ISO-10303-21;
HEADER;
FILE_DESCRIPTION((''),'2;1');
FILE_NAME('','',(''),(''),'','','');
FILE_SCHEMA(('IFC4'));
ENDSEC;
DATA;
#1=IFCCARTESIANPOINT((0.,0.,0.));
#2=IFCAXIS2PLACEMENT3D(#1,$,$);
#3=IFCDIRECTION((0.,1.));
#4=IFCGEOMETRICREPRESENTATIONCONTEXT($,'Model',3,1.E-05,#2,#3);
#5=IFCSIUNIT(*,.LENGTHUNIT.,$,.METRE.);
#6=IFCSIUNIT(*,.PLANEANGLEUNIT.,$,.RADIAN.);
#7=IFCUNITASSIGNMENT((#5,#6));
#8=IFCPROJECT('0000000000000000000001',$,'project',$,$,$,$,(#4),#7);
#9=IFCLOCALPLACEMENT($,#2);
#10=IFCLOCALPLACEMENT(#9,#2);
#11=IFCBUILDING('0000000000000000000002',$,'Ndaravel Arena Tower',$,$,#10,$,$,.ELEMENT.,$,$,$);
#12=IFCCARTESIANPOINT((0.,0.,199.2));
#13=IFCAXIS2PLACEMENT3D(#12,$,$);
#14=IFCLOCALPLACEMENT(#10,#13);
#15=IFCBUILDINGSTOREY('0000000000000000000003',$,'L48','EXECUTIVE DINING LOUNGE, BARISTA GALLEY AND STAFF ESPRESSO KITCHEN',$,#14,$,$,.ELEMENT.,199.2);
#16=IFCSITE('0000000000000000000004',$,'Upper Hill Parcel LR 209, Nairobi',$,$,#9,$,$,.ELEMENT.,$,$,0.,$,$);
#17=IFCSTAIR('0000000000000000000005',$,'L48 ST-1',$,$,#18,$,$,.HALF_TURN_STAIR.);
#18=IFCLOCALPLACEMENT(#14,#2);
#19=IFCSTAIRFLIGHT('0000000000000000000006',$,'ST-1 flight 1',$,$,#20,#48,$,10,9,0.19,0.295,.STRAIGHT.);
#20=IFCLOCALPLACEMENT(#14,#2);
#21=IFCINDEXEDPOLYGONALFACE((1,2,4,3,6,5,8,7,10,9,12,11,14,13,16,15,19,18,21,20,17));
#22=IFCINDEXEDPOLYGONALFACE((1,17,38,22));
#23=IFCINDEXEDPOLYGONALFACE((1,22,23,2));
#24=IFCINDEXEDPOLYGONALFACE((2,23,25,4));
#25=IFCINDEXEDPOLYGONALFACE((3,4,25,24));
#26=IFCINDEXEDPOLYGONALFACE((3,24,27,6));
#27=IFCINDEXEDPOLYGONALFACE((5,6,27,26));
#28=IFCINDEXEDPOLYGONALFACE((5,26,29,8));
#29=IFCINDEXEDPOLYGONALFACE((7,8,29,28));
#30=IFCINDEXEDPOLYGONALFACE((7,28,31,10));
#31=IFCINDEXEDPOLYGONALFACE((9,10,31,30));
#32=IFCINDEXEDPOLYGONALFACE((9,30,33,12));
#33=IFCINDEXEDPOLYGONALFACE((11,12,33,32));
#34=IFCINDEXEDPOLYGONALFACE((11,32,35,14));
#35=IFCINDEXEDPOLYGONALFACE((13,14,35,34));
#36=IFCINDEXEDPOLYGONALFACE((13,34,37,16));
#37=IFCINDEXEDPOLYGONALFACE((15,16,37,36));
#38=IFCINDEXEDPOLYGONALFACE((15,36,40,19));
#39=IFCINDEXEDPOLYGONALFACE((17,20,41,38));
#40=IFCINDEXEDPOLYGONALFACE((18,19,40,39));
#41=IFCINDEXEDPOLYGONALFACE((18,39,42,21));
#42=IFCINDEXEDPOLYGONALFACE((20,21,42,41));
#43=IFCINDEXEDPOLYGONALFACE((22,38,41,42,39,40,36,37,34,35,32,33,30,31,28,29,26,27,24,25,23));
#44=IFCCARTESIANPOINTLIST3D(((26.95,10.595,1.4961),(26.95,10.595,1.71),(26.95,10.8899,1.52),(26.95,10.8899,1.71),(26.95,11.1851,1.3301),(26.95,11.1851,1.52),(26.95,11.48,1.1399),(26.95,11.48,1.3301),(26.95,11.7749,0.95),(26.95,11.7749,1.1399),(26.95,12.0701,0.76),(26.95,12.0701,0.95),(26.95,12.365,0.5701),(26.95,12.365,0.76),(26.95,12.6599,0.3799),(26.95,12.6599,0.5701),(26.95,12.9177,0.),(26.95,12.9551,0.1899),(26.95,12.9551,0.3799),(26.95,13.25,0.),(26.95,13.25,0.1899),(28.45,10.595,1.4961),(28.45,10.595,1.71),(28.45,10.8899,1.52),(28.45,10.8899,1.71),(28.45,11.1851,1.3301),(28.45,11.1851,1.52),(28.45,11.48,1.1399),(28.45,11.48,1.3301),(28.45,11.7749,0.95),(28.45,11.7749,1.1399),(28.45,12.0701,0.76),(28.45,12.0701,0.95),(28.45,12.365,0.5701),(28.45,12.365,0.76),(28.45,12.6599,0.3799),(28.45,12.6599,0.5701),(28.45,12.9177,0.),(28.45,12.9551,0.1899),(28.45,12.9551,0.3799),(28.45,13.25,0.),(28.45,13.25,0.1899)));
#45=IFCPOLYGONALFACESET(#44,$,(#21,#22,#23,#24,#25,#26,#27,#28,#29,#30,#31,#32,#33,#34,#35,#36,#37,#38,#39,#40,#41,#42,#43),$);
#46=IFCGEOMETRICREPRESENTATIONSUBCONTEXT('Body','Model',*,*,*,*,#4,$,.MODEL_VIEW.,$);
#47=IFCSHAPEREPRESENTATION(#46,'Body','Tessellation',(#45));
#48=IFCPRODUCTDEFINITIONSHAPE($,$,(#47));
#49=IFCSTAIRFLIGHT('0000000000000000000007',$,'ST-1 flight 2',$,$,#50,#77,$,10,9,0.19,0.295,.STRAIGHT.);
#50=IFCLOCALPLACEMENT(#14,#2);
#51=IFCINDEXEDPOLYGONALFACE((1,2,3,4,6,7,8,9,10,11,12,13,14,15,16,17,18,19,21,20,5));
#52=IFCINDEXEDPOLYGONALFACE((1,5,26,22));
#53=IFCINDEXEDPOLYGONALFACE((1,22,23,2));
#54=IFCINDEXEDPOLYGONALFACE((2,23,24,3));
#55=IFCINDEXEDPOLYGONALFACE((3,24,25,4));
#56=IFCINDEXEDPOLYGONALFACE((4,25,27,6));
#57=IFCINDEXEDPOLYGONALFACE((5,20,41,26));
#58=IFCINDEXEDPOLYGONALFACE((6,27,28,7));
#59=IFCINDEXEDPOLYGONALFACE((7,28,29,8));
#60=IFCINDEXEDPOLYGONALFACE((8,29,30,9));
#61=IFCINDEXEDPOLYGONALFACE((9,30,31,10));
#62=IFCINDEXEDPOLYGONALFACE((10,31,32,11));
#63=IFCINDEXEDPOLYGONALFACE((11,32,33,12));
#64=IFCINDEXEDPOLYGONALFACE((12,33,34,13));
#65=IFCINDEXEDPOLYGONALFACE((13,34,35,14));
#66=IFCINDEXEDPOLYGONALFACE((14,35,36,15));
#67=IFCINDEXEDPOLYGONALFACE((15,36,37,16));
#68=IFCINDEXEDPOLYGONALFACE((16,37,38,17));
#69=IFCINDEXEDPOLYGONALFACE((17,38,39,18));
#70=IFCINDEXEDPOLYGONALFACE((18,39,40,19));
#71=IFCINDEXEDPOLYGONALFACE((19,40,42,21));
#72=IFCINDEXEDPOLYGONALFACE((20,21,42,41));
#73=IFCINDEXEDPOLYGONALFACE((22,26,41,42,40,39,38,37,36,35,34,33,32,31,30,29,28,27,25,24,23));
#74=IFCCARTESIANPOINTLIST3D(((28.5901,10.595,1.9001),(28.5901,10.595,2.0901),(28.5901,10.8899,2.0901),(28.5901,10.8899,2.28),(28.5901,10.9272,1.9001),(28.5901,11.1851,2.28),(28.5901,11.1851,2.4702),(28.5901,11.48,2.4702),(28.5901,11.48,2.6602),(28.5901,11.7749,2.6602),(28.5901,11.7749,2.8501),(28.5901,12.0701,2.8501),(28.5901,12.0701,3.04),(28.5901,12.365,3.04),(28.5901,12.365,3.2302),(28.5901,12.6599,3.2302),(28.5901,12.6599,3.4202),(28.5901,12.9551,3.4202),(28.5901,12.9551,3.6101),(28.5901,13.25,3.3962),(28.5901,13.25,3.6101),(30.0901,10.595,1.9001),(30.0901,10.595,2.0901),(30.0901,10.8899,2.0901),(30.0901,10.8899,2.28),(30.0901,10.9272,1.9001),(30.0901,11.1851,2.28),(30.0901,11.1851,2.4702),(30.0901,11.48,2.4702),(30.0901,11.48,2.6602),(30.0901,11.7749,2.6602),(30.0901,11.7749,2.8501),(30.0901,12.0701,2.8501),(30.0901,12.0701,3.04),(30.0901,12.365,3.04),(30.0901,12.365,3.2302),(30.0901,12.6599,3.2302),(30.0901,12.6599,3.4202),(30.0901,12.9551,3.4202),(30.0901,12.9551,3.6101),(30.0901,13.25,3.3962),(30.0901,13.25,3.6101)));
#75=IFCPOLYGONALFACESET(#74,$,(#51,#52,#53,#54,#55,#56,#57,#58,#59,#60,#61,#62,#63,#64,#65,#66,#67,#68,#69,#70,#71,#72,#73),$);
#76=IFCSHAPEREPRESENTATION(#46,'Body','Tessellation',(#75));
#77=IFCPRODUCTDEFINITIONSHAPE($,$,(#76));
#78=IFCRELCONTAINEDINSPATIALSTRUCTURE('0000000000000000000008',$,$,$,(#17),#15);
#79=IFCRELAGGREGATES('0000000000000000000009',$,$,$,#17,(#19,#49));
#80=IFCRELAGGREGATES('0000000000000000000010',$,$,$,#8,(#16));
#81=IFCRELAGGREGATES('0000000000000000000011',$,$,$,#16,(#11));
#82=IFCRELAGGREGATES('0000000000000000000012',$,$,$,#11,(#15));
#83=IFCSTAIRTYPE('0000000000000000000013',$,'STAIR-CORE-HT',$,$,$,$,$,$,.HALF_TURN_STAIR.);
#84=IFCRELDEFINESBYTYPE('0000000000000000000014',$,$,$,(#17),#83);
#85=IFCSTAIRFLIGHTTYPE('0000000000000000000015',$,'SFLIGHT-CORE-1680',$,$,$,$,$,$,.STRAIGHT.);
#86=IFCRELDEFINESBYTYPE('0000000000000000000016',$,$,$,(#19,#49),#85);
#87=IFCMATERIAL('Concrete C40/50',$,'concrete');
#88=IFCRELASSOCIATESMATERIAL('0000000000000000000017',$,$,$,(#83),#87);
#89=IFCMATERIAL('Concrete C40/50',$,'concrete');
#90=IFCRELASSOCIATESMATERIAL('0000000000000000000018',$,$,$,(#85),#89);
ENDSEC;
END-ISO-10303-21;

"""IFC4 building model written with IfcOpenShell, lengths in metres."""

from ifc_helpers import new_model, si_unit, direction, frame, origin, place, context, subcontext, project, spatial, polyline, outline, extrude, material, type_object, element, aggregate, save


model = new_model("IFC4")

# Units and contexts
model_context = context("Model", 3, precision=1e-05, world=origin(), true_north=direction((0.0, 1.0)))
body_context = subcontext(model_context, "Body", "Model", "MODEL_VIEW")
ifc_project = project(units=[si_unit("LENGTHUNIT", "METRE"), si_unit("PLANEANGLEUNIT", "RADIAN")], contexts=[model_context])

# Site, building, storey
site_placement = place(None, origin())
site = spatial("IfcSite", under=ifc_project, at=site_placement, Name="Upper Hill Parcel LR 209, Nairobi", CompositionType="ELEMENT", RefElevation=0.0)
building_placement = place(site_placement, origin())
building = spatial("IfcBuilding", under=site, at=building_placement, Name="Ndaravel Arena Tower", CompositionType="ELEMENT")
storey_placement = place(building_placement, frame((0.0, 0.0, 199.2)))
storey = spatial("IfcBuildingStorey", under=building, at=storey_placement, Name="L48", Description="EXECUTIVE DINING LOUNGE, BARISTA GALLEY AND STAFF ESPRESSO KITCHEN", CompositionType="ELEMENT", Elevation=199.2)

# Stair, stair flights
ifc_material_1 = material(Name="Concrete C40/50", Category="concrete")
stair_type = type_object("IfcStairType", Name="STAIR-CORE-HT", PredefinedType="HALF_TURN_STAIR", material=ifc_material_1)
stair_placement = place(storey_placement, origin())
stair = element("IfcStair", 1, at=stair_placement, inside=storey, type_object=stair_type, Name="L48 ST-1", PredefinedType="HALF_TURN_STAIR")
ifc_material_2 = material(Name="Concrete C40/50", Category="concrete")
stair_flight_type = type_object("IfcStairFlightType", Name="SFLIGHT-CORE-1680", PredefinedType="STRAIGHT", material=ifc_material_2)
stair_flight_1_placement = place(storey_placement, frame((27.7, 13.25, 0.0), z_axis=(0.0, 0.0, 1.0), x_axis=(0.0, -1.0, 0.0)))
stair_flight_1 = element("IfcStairFlight", 2, at=stair_flight_1_placement, type_object=stair_flight_type, Name="ST-1 flight 1", NumberOfRisers=10, NumberOfTreads=9, PredefinedType="STRAIGHT", RiserHeight=0.19, TreadLength=0.295, context=body_context, shape_type="SweptSolid", body=[
    extrude(outline(polyline([(0.0, 0.0), (0.0, 0.1899), (0.2949, 0.1899), (0.2949, 0.3799), (0.5901, 0.3799), (0.5901, 0.5701), (0.885, 0.5701), (0.885, 0.76), (1.1799, 0.76), (1.1799, 0.95), (1.4751, 0.95), (1.4751, 1.1399), (1.77, 1.1399), (1.77, 1.3301), (2.0649, 1.3301), (2.0649, 1.52), (2.3601, 1.52), (2.3601, 1.71), (2.655, 1.71), (2.655, 1.8999), (2.655, 1.4961), (0.3323, 0.0), (0.0, 0.0)])), frame((0.0, 0.75, 0.0), z_axis=(0.0, -1.0, 0.0), x_axis=(1.0, 0.0, 0.0)), (0.0, 0.0, 1.0), 1.5),
])
stair_flight_2_placement = place(storey_placement, frame((29.3401, 10.595, 1.9001), z_axis=(0.0, 0.0, 1.0), x_axis=(0.0, 1.0, 0.0)))
stair_flight_2 = element("IfcStairFlight", 3, at=stair_flight_2_placement, type_object=stair_flight_type, Name="ST-1 flight 2", NumberOfRisers=10, NumberOfTreads=9, PredefinedType="STRAIGHT", RiserHeight=0.19, TreadLength=0.295, context=body_context, shape_type="SweptSolid", body=[
    extrude(outline(polyline([(0.0, 0.0), (0.0, 0.1899), (0.2949, 0.1899), (0.2949, 0.3799), (0.5901, 0.3799), (0.5901, 0.5701), (0.885, 0.5701), (0.885, 0.76), (1.1799, 0.76), (1.1799, 0.95), (1.4751, 0.95), (1.4751, 1.1399), (1.77, 1.1399), (1.77, 1.3301), (2.0649, 1.3301), (2.0649, 1.52), (2.3601, 1.52), (2.3601, 1.71), (2.655, 1.71), (2.655, 1.8999), (2.655, 1.4961), (0.3323, 0.0), (0.0, 0.0)])), frame((0.0, 0.75, 0.0), z_axis=(0.0, -1.0, 0.0), x_axis=(1.0, 0.0, 0.0)), (0.0, 0.0, 1.0), 1.5),
])
aggregate(stair, [stair_flight_1, stair_flight_2])

save(model, "model.ifc")
